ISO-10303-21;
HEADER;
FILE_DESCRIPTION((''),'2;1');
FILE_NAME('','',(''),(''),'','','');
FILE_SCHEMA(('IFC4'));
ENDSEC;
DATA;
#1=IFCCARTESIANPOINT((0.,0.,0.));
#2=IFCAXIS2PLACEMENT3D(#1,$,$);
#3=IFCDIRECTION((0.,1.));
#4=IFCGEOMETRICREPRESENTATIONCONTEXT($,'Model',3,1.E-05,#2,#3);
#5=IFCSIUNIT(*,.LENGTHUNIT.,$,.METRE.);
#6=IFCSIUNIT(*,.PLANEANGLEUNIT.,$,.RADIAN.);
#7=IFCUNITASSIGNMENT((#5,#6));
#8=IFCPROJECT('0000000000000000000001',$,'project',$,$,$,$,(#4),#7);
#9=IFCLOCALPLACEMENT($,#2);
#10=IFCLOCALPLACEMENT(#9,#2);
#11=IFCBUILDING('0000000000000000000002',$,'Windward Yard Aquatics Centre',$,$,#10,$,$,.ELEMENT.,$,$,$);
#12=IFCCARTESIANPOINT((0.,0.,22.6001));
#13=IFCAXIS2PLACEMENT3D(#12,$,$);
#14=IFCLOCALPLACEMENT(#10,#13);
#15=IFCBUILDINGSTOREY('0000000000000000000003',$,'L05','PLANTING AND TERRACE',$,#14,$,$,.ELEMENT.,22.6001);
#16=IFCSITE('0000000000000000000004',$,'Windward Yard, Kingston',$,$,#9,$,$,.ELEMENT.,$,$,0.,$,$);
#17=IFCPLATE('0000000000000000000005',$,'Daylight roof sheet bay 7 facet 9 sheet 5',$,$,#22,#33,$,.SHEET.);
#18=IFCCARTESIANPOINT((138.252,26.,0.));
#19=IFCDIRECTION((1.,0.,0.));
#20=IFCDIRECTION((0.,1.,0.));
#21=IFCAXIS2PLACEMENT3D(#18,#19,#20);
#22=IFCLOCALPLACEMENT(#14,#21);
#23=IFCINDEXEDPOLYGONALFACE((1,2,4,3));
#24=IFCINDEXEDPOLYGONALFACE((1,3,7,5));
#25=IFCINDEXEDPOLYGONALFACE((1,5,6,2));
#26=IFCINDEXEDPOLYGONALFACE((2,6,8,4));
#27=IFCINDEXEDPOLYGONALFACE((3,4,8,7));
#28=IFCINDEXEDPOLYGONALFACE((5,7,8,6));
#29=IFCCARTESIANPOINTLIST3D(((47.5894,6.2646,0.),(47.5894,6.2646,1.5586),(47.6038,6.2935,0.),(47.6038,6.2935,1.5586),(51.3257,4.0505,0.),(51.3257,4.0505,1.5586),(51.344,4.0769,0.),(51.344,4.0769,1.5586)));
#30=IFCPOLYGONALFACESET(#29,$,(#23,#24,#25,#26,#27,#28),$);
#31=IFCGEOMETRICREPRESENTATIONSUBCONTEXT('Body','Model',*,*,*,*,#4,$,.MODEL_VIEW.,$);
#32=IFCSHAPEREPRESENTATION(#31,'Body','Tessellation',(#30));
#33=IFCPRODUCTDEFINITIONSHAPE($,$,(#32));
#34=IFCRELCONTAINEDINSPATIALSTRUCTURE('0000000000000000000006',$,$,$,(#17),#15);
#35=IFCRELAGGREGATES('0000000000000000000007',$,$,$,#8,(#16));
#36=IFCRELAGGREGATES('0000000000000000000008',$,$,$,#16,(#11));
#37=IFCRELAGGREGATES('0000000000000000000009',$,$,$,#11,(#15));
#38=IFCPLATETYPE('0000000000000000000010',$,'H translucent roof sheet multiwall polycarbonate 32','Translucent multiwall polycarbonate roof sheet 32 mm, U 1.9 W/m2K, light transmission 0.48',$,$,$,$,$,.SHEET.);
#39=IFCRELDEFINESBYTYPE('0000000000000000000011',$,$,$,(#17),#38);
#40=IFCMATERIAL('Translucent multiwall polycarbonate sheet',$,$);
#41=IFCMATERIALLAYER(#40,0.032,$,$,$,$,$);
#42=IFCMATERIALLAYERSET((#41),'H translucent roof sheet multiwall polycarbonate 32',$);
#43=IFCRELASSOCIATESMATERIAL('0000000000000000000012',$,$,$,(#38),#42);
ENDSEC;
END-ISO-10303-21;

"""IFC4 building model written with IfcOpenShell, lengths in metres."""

from ifc_helpers import new_model, si_unit, direction, frame, origin, place, context, subcontext, project, spatial, polyline, outline, extrude, material, layer, layer_set, type_object, element, save


model = new_model("IFC4")

# Units and contexts
model_context = context("Model", 3, precision=1e-05, world=origin(), true_north=direction((0.0, 1.0)))
body_context = subcontext(model_context, "Body", "Model", "MODEL_VIEW")
ifc_project = project(units=[si_unit("LENGTHUNIT", "METRE"), si_unit("PLANEANGLEUNIT", "RADIAN")], contexts=[model_context])

# Site, building, storey
site_placement = place(None, origin())
site = spatial("IfcSite", under=ifc_project, at=site_placement, Name="Windward Yard, Kingston", CompositionType="ELEMENT", RefElevation=0.0)
building_placement = place(site_placement, origin())
building = spatial("IfcBuilding", under=site, at=building_placement, Name="Windward Yard Aquatics Centre", CompositionType="ELEMENT")
storey_placement = place(building_placement, frame((0.0, 0.0, 22.6001)))
storey = spatial("IfcBuildingStorey", under=building, at=storey_placement, Name="L05", Description="PLANTING AND TERRACE", CompositionType="ELEMENT", Elevation=22.6001)

# Plate
ifc_material_1 = material(Name="Translucent multiwall polycarbonate sheet")
ifc_layer_1 = layer(ifc_material_1, 0.032)
ifc_layer_set_1 = layer_set([ifc_layer_1], Name="H translucent roof sheet multiwall polycarbonate 32")
plate_type = type_object("IfcPlateType", Name="H translucent roof sheet multiwall polycarbonate 32", Description="Translucent multiwall polycarbonate roof sheet 32 mm, U 1.9 W/m2K, light transmission 0.48", PredefinedType="SHEET", material=ifc_layer_set_1)
for number, where, z_axis, x_axis, name in (
    (1, (138.252, 26.0, 0.0), (1.0, 0.0, 0.0), (0.0, 1.0, 0.0), "Daylight roof sheet bay 7 facet 9 sheet 5"),
):
    element("IfcPlate", number, at=place(storey_placement, frame(where, z_axis=z_axis, x_axis=x_axis)), inside=storey, type_object=plate_type, Name=name, PredefinedType="SHEET", context=body_context, shape_type="SweptSolid", body=[
        extrude(outline(polyline([(47.5894, 6.2646), (51.3257, 4.0505), (51.344, 4.0769), (47.6038, 6.2935), (47.5894, 6.2646)])), origin(), (0.0, 0.0, 1.0), 1.5586),
    ])

save(model, "model.ifc")
